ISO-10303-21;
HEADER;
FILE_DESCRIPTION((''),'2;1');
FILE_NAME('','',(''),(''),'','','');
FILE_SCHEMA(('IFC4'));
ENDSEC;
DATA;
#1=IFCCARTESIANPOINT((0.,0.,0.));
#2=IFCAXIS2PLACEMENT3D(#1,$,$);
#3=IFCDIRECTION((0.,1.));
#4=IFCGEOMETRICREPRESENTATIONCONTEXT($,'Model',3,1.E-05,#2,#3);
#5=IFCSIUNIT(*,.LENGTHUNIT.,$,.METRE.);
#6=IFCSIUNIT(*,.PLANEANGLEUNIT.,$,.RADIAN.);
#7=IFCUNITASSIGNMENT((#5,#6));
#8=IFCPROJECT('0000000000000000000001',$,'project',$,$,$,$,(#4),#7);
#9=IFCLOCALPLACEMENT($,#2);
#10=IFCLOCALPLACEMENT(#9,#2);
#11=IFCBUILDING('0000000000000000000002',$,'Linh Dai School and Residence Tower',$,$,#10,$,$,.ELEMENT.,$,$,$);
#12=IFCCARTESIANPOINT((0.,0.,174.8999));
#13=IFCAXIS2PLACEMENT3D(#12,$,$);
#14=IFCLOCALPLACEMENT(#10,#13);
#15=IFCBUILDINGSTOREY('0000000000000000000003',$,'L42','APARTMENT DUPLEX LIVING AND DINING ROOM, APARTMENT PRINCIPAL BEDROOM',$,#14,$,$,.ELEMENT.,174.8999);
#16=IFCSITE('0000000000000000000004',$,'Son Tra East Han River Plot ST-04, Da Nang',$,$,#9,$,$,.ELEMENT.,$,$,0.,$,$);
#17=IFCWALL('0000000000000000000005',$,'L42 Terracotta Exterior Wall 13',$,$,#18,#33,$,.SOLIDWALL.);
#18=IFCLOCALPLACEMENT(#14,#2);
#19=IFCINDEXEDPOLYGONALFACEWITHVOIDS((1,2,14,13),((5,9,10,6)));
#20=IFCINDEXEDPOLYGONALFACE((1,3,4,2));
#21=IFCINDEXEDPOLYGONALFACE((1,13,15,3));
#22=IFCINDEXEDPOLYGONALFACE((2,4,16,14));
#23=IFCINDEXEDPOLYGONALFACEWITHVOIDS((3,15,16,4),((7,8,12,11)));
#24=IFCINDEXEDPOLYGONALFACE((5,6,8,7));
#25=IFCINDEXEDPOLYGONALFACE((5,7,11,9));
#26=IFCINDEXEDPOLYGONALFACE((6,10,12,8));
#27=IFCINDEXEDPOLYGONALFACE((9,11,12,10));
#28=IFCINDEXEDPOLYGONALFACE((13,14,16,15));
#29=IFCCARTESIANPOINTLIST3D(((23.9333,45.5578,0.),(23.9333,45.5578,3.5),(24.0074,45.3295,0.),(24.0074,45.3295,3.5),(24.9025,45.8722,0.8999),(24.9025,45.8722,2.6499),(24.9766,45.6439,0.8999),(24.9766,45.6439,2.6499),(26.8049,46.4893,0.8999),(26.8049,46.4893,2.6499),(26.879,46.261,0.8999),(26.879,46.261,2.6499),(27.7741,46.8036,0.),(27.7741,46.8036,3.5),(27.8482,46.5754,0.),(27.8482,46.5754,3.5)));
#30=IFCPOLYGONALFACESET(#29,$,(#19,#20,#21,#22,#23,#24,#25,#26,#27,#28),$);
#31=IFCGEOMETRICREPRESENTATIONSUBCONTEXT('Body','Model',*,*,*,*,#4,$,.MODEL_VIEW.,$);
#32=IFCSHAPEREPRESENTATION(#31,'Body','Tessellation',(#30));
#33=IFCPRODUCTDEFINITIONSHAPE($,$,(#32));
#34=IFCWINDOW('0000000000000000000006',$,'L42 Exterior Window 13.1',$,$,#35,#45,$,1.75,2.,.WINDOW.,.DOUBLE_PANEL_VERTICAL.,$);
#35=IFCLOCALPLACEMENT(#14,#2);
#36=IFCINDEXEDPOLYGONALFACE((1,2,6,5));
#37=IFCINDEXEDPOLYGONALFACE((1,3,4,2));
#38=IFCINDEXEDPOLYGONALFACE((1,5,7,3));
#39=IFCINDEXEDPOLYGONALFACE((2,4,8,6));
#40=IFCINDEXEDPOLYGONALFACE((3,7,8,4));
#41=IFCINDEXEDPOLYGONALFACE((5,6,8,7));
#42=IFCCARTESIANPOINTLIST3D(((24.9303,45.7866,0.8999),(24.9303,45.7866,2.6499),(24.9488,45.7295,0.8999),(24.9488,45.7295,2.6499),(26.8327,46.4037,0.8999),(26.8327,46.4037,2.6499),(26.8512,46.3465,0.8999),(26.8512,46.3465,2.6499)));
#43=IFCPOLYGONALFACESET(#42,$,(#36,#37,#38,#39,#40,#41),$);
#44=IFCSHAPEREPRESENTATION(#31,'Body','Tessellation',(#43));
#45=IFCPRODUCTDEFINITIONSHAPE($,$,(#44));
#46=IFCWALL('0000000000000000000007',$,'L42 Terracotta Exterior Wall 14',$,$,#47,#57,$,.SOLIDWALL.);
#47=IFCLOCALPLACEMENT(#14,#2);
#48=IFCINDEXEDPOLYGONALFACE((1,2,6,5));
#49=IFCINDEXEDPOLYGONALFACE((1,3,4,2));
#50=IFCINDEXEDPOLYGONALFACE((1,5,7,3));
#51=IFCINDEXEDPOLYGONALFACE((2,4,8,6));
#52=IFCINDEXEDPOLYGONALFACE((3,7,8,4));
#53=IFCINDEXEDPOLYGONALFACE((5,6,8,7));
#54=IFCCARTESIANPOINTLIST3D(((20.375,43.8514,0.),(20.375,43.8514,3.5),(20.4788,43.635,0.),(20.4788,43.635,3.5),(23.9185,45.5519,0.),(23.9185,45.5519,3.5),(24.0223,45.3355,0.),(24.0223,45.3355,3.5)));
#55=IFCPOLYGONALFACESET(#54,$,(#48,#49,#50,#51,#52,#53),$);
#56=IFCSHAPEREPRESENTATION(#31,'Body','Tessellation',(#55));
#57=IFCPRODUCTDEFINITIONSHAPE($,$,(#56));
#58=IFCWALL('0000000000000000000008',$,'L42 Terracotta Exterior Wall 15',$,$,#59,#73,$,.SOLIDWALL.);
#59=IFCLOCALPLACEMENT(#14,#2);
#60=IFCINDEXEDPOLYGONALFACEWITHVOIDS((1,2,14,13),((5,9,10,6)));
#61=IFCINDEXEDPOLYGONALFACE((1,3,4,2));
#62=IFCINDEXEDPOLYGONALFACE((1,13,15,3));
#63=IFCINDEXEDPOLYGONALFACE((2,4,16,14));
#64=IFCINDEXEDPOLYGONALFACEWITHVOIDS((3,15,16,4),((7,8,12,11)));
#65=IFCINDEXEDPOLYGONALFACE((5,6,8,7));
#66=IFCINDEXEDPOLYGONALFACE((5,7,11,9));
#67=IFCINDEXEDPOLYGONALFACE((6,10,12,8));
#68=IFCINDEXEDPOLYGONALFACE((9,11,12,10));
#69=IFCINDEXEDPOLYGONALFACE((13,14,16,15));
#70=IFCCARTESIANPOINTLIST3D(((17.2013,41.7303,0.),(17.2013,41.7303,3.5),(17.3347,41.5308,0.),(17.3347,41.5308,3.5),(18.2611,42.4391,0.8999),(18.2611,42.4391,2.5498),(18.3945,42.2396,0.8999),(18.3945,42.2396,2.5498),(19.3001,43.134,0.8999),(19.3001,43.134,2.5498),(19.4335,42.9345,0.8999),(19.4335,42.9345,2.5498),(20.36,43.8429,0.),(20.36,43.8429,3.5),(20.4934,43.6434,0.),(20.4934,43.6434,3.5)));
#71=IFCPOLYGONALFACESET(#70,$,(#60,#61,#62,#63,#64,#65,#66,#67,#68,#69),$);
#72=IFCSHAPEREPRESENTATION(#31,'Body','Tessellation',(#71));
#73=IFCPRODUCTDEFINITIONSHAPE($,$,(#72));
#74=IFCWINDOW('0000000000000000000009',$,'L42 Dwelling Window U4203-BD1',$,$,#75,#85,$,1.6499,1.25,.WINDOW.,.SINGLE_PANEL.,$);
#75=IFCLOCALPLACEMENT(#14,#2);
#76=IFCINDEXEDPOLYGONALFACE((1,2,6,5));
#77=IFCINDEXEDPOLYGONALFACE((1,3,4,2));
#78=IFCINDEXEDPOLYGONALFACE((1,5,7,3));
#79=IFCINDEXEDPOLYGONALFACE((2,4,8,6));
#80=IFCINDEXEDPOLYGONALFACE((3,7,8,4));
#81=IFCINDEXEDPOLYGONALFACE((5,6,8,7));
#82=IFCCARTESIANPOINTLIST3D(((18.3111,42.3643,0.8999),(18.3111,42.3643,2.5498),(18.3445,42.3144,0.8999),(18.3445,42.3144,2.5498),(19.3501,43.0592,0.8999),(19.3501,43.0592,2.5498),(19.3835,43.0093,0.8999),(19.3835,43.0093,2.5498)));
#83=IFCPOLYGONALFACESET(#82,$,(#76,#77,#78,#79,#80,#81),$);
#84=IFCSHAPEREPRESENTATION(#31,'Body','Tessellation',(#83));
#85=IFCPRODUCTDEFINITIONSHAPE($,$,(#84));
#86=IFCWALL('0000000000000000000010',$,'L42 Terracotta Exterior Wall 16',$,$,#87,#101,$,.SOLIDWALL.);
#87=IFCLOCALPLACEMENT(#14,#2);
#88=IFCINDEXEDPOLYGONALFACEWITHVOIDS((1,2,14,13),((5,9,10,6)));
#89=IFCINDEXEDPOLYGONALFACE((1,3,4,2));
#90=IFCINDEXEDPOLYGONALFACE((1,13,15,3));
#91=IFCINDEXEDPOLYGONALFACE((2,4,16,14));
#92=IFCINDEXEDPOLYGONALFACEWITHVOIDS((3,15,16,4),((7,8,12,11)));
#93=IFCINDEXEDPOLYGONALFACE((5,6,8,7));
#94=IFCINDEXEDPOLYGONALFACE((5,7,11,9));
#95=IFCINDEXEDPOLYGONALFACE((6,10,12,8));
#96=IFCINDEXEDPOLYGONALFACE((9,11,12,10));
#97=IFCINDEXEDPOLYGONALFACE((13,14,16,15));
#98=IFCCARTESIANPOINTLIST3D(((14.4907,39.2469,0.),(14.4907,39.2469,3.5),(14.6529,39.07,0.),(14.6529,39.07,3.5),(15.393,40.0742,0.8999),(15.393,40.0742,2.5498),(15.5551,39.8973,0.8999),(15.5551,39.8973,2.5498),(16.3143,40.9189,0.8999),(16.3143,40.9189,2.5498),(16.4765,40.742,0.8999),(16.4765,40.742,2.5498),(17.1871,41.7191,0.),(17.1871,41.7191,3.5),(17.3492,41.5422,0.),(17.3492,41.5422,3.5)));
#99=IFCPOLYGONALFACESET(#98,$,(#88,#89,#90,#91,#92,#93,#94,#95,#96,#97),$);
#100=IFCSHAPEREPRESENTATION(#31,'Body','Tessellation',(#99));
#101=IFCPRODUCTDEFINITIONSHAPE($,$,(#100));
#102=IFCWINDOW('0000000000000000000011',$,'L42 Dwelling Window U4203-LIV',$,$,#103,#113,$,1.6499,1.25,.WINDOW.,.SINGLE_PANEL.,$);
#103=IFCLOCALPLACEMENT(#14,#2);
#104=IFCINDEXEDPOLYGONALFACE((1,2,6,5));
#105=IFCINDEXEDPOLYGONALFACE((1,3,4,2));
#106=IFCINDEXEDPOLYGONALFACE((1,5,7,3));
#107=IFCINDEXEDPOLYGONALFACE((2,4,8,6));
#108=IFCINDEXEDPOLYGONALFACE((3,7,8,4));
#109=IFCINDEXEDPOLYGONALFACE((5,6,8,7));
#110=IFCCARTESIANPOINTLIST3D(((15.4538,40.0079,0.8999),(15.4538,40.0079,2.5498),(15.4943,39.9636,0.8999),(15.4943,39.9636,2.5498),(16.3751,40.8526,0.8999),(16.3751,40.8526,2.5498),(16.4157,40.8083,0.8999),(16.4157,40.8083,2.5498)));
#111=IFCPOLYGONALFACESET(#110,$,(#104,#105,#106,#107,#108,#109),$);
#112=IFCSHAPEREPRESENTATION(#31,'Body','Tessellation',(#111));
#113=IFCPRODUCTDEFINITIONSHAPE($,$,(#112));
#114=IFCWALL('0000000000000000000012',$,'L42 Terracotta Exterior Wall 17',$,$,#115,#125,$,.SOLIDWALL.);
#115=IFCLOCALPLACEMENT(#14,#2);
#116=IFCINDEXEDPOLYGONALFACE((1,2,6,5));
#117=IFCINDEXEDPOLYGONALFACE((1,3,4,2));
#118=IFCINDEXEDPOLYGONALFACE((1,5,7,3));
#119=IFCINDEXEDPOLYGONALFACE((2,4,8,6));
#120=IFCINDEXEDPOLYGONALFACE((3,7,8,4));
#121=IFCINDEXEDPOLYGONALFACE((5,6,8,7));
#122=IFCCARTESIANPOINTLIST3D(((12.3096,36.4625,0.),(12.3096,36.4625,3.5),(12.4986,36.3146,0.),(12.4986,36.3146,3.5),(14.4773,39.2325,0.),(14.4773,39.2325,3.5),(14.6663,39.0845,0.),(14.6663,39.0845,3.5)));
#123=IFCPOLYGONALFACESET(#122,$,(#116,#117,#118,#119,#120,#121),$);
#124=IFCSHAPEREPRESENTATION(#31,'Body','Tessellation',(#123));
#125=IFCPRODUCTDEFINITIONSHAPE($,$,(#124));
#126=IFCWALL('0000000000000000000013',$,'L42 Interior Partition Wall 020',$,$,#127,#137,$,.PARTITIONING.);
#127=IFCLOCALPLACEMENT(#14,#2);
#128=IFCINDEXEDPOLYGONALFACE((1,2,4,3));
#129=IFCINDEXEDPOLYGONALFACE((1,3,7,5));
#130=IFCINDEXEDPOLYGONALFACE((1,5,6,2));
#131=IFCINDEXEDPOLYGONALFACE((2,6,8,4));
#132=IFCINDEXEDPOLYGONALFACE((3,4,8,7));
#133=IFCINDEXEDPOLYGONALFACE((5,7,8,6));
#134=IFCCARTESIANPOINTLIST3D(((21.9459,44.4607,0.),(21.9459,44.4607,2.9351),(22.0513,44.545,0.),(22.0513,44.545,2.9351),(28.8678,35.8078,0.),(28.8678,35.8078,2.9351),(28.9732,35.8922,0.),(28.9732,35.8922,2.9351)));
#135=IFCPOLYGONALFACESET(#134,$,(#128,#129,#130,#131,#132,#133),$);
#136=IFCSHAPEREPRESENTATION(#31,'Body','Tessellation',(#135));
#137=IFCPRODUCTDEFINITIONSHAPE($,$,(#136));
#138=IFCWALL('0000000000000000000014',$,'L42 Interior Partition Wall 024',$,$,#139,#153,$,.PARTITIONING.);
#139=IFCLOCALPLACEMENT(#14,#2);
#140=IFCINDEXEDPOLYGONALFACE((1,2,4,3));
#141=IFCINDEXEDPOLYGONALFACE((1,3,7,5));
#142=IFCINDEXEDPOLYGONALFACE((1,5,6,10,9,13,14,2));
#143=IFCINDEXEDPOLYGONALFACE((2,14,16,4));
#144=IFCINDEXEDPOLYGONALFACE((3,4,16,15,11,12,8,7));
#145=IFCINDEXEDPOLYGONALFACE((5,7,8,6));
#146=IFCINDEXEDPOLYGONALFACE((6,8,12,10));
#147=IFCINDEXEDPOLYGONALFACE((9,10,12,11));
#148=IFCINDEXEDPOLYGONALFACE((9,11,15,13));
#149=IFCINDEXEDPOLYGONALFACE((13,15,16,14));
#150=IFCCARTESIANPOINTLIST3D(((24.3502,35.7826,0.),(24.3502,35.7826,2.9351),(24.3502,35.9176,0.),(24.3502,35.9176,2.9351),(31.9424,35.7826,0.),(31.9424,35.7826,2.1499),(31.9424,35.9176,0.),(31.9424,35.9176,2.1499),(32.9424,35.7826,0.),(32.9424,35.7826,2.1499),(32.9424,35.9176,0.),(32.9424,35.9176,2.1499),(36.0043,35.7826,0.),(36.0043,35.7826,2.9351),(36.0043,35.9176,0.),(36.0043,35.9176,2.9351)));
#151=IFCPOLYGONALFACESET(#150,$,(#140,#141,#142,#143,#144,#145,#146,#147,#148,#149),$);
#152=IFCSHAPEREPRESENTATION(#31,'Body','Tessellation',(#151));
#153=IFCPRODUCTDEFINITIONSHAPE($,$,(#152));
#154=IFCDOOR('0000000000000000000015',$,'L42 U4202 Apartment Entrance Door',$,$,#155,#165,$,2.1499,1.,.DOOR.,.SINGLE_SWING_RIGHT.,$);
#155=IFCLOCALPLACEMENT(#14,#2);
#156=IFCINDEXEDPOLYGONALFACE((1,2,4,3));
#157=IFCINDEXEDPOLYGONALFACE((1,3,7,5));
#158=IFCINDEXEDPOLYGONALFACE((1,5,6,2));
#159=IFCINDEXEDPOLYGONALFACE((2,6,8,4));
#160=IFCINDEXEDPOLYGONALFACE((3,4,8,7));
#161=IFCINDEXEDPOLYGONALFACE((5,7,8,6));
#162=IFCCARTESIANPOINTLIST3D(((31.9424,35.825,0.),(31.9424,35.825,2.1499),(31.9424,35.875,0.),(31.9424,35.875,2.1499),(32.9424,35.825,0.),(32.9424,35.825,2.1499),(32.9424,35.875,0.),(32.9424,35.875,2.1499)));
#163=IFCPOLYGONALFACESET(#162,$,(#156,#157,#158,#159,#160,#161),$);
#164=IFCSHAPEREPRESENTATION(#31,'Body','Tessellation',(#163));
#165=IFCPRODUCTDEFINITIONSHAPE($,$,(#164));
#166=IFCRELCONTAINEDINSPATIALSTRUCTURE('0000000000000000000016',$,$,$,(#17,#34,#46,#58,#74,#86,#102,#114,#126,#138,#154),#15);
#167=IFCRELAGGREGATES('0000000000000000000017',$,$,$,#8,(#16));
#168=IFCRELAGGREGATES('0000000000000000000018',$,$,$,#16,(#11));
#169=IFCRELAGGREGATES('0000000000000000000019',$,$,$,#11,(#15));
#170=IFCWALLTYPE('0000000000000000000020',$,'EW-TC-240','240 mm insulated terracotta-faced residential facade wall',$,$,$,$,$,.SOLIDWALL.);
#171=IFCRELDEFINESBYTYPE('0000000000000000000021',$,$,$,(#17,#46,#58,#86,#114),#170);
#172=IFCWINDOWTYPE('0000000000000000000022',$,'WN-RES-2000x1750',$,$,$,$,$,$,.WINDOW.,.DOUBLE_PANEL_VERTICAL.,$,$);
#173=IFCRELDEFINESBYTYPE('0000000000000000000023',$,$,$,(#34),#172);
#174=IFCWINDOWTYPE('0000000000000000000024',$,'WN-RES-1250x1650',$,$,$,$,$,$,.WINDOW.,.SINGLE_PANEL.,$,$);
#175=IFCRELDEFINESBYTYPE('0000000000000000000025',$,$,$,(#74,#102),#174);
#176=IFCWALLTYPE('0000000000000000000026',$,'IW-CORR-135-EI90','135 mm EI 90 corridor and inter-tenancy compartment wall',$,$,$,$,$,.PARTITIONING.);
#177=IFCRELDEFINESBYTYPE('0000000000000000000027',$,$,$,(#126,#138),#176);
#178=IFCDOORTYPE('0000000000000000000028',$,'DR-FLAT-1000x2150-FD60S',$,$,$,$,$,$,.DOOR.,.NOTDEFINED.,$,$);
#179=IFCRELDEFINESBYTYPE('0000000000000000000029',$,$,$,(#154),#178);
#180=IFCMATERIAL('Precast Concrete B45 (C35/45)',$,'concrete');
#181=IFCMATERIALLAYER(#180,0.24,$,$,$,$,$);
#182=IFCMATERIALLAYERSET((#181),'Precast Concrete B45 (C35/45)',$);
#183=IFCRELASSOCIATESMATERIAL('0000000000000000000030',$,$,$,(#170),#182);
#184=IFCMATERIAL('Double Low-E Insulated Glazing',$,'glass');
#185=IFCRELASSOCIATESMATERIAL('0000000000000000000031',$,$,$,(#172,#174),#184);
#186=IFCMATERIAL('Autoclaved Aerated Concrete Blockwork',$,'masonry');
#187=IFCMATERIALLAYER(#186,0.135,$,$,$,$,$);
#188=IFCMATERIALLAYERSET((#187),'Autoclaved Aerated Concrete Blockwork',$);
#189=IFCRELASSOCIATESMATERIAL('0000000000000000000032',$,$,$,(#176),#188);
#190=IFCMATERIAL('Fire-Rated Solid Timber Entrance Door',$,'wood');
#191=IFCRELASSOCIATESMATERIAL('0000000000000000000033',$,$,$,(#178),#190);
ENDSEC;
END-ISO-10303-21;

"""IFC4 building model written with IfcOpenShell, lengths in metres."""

from ifc_helpers import new_model, si_unit, direction, frame, frame_2d, origin, origin_2d, place, context, subcontext, project, spatial, rectangle, extrude, source, transform, mapped, material, layer, layer_set, type_object, element, fill, save


model = new_model("IFC4")

# Units and contexts
model_context = context("Model", 3, precision=1e-05, world=origin(), true_north=direction((0.0, 1.0)))
body_context = subcontext(model_context, "Body", "Model", "MODEL_VIEW")
ifc_project = project(units=[si_unit("LENGTHUNIT", "METRE"), si_unit("PLANEANGLEUNIT", "RADIAN")], contexts=[model_context])

# Site, building, storey
site_placement = place(None, origin())
site = spatial("IfcSite", under=ifc_project, at=site_placement, Name="Son Tra East Han River Plot ST-04, Da Nang", CompositionType="ELEMENT", RefElevation=0.0)
building_placement = place(site_placement, origin())
building = spatial("IfcBuilding", under=site, at=building_placement, Name="Linh Dai School and Residence Tower", CompositionType="ELEMENT")
storey_placement = place(building_placement, frame((0.0, 0.0, 174.8999)))
storey = spatial("IfcBuildingStorey", under=building, at=storey_placement, Name="L42", Description="APARTMENT DUPLEX LIVING AND DINING ROOM, APARTMENT PRINCIPAL BEDROOM", CompositionType="ELEMENT", Elevation=174.8999)

# Shared definitions
ifc_material_1 = material(Name="Precast Concrete B45 (C35/45)", Category="concrete")

# Wall, opening, window
ifc_layer_1 = layer(ifc_material_1, 0.24)
ifc_layer_set_1 = layer_set([ifc_layer_1], Name="Precast Concrete B45 (C35/45)")
wall_type_1 = type_object("IfcWallType", Name="EW-TC-240", Description="240 mm insulated terracotta-faced residential facade wall", PredefinedType="SOLIDWALL", material=ifc_layer_set_1)
wall_1_placement = place(storey_placement, frame((23.9702, 45.4436, 0.0), z_axis=(0.0, 0.0, 1.0), x_axis=(0.95121, 0.308545, 0.0)))
wall_1 = element("IfcWall", 1, at=wall_1_placement, inside=storey, type_object=wall_type_1, Name="L42 Terracotta Exterior Wall 13", PredefinedType="SOLIDWALL", context=body_context, shape_type="SweptSolid", body=[
    extrude(rectangle(XDim=4.0378, YDim=0.24, at=frame_2d((2.019, 0.0))), origin(), (0.0, 0.0, 1.0), 3.5),
])
opening_1_placement = place(wall_1_placement, frame((1.019, 0.0, 0.8999)))
opening_1 = element("IfcOpeningElement", 2, at=opening_1_placement, cuts=wall_1, PredefinedType="OPENING", context=body_context, shape_type="SweptSolid", body=[
    extrude(rectangle(XDim=2.0, YDim=1.75, at=origin_2d()), frame((1.0, 0.1299, 0.875), z_axis=(0.0, -1.0, 0.0), x_axis=(1.0, 0.0, 0.0)), (0.0, 0.0, 1.0), 0.26),
])
ifc_material_2 = material(Name="Double Low-E Insulated Glazing", Category="glass")
window_type_1 = type_object("IfcWindowType", Name="WN-RES-2000x1750", PartitioningType="DOUBLE_PANEL_VERTICAL", PredefinedType="WINDOW", material=ifc_material_2)
shared_shape_1 = source(origin(), body_context, "Body", "SweptSolid", [
    extrude(rectangle(XDim=2.0, YDim=1.75, at=origin_2d()), frame((1.0, 0.03, 0.875), z_axis=(0.0, -1.0, 0.0), x_axis=(1.0, 0.0, 0.0)), (0.0, 0.0, 1.0), 0.0601),
])
window_1_placement = place(opening_1_placement, origin())
window_1 = element("IfcWindow", 3, at=window_1_placement, inside=storey, type_object=window_type_1, Name="L42 Exterior Window 13.1", OverallHeight=1.75, OverallWidth=2.0, PartitioningType="DOUBLE_PANEL_VERTICAL", PredefinedType="WINDOW", context=body_context, shape_type="MappedRepresentation", body=[
    mapped(shared_shape_1, transform((0.0, 0.0, 0.0), x_axis=(1.0, 0.0, 0.0), y_axis=(0.0, 1.0, 0.0), z_axis=(0.0, 0.0, 1.0), scale=1.0)),
])
fill(opening_1, window_1)

# Wall
wall_2_placement = place(storey_placement, frame((20.4268, 43.7432, 0.0), z_axis=(0.0, 0.0, 1.0), x_axis=(0.901565, 0.432644, 0.0)))
element("IfcWall", 4, at=wall_2_placement, inside=storey, type_object=wall_type_1, Name="L42 Terracotta Exterior Wall 14", PredefinedType="SOLIDWALL", context=body_context, shape_type="SweptSolid", body=[
    extrude(rectangle(XDim=3.9304, YDim=0.24, at=frame_2d((1.9653, 0.0))), origin(), (0.0, 0.0, 1.0), 3.5),
])

# Walls, openings, windows
wall_3_placement = place(storey_placement, frame((17.2681, 41.6306, 0.0), z_axis=(0.0, 0.0, 1.0), x_axis=(0.831229, 0.55593, 0.0)))
wall_3 = element("IfcWall", 5, at=wall_3_placement, inside=storey, type_object=wall_type_1, Name="L42 Terracotta Exterior Wall 15", PredefinedType="SOLIDWALL", context=body_context, shape_type="SweptSolid", body=[
    extrude(rectangle(XDim=3.8, YDim=0.24, at=frame_2d((1.8999, 0.0))), origin(), (0.0, 0.0, 1.0), 3.5),
])
opening_2_placement = place(wall_3_placement, frame((1.2749, 0.0, 0.8999)))
opening_2 = element("IfcOpeningElement", 6, at=opening_2_placement, cuts=wall_3, PredefinedType="OPENING", context=body_context, shape_type="SweptSolid", body=[
    extrude(rectangle(XDim=1.25, YDim=1.6499, at=origin_2d()), frame((0.625, 0.1299, 0.825), z_axis=(0.0, -1.0, 0.0), x_axis=(1.0, 0.0, 0.0)), (0.0, 0.0, 1.0), 0.26),
])
window_type_2 = type_object("IfcWindowType", Name="WN-RES-1250x1650", PartitioningType="SINGLE_PANEL", PredefinedType="WINDOW", material=ifc_material_2)
shared_shape_2 = source(origin(), body_context, "Body", "SweptSolid", [
    extrude(rectangle(XDim=1.25, YDim=1.6499, at=origin_2d()), frame((0.625, 0.03, 0.825), z_axis=(0.0, -1.0, 0.0), x_axis=(1.0, 0.0, 0.0)), (0.0, 0.0, 1.0), 0.0601),
])
window_2_placement = place(opening_2_placement, origin())
window_2 = element("IfcWindow", 7, at=window_2_placement, inside=storey, type_object=window_type_2, Name="L42 Dwelling Window U4203-BD1", OverallHeight=1.6499, OverallWidth=1.25, PartitioningType="SINGLE_PANEL", PredefinedType="WINDOW", context=body_context, shape_type="MappedRepresentation", body=[
    mapped(shared_shape_2, transform((0.0, 0.0, 0.0), x_axis=(1.0, 0.0, 0.0), y_axis=(0.0, 1.0, 0.0), z_axis=(0.0, 0.0, 1.0), scale=1.0)),
])
fill(opening_2, window_2)
wall_4_placement = place(storey_placement, frame((14.5718, 39.1584, 0.0), z_axis=(0.0, 0.0, 1.0), x_axis=(0.737077, 0.675809, 0.0)))
wall_4 = element("IfcWall", 8, at=wall_4_placement, inside=storey, type_object=wall_type_1, Name="L42 Terracotta Exterior Wall 16", PredefinedType="SOLIDWALL", context=body_context, shape_type="SweptSolid", body=[
    extrude(rectangle(XDim=3.6582, YDim=0.24, at=frame_2d((1.8291, 0.0))), origin(), (0.0, 0.0, 1.0), 3.5),
])
opening_3_placement = place(wall_4_placement, frame((1.2241, 0.0, 0.8999)))
opening_3 = element("IfcOpeningElement", 9, at=opening_3_placement, cuts=wall_4, PredefinedType="OPENING", context=body_context, shape_type="SweptSolid", body=[
    extrude(rectangle(XDim=1.25, YDim=1.6499, at=origin_2d()), frame((0.625, 0.1299, 0.825), z_axis=(0.0, -1.0, 0.0), x_axis=(1.0, 0.0, 0.0)), (0.0, 0.0, 1.0), 0.26),
])
window_3_placement = place(opening_3_placement, origin())
window_3 = element("IfcWindow", 10, at=window_3_placement, inside=storey, type_object=window_type_2, Name="L42 Dwelling Window U4203-LIV", OverallHeight=1.6499, OverallWidth=1.25, PartitioningType="SINGLE_PANEL", PredefinedType="WINDOW", context=body_context, shape_type="MappedRepresentation", body=[
    mapped(shared_shape_2, transform((0.0, 0.0, 0.0), x_axis=(1.0, 0.0, 0.0), y_axis=(0.0, 1.0, 0.0), z_axis=(0.0, 0.0, 1.0), scale=1.0)),
])
fill(opening_3, window_3)

# Walls
wall_5_placement = place(storey_placement, frame((12.4041, 36.3884, 0.0), z_axis=(0.0, 0.0, 1.0), x_axis=(0.616288, 0.787521, 0.0)))
element("IfcWall", 11, at=wall_5_placement, inside=storey, type_object=wall_type_1, Name="L42 Terracotta Exterior Wall 17", PredefinedType="SOLIDWALL", context=body_context, shape_type="SweptSolid", body=[
    extrude(rectangle(XDim=3.5173, YDim=0.24, at=frame_2d((1.7588, 0.0))), origin(), (0.0, 0.0, 1.0), 3.5),
])
ifc_material_3 = material(Name="Autoclaved Aerated Concrete Blockwork", Category="masonry")
ifc_layer_2 = layer(ifc_material_3, 0.135)
ifc_layer_set_2 = layer_set([ifc_layer_2], Name="Autoclaved Aerated Concrete Blockwork")
wall_type_2 = type_object("IfcWallType", Name="IW-CORR-135-EI90", Description="135 mm EI 90 corridor and inter-tenancy compartment wall", PredefinedType="PARTITIONING", material=ifc_layer_set_2)
wall_6_placement = place(storey_placement, frame((21.9985, 44.5029, 0.0), z_axis=(0.0, 0.0, 1.0), x_axis=(0.624674, -0.780886, 0.0)))
element("IfcWall", 12, at=wall_6_placement, inside=storey, type_object=wall_type_2, Name="L42 Interior Partition Wall 020", PredefinedType="PARTITIONING", context=body_context, shape_type="SweptSolid", body=[
    extrude(rectangle(XDim=11.0808, YDim=0.135, at=frame_2d((5.5405, 0.0))), origin(), (0.0, 0.0, 1.0), 2.9351),
])

# Wall, opening, door
wall_7_placement = place(storey_placement, frame((24.3501, 35.8501, 0.0), z_axis=(0.0, 0.0, 1.0), x_axis=(1.0, 0.0, 0.0)))
wall_7 = element("IfcWall", 13, at=wall_7_placement, inside=storey, type_object=wall_type_2, Name="L42 Interior Partition Wall 024", PredefinedType="PARTITIONING", context=body_context, shape_type="SweptSolid", body=[
    extrude(rectangle(XDim=11.6541, YDim=0.135, at=frame_2d((5.8271, 0.0))), origin(), (0.0, 0.0, 1.0), 2.9351),
])
opening_4_placement = place(wall_7_placement, frame((7.5923, 0.0, 0.0)))
opening_4 = element("IfcOpeningElement", 14, at=opening_4_placement, cuts=wall_7, PredefinedType="OPENING", context=body_context, shape_type="SweptSolid", body=[
    extrude(rectangle(XDim=1.0, YDim=2.1499, at=origin_2d()), frame((0.5, 0.0776, 1.075), z_axis=(0.0, -1.0, 0.0), x_axis=(1.0, 0.0, 0.0)), (0.0, 0.0, 1.0), 0.155),
])
ifc_material_4 = material(Name="Fire-Rated Solid Timber Entrance Door", Category="wood")
door_type_1 = type_object("IfcDoorType", Name="DR-FLAT-1000x2150-FD60S", OperationType="NOTDEFINED", PredefinedType="DOOR", material=ifc_material_4)
shared_shape_3 = source(origin(), body_context, "Body", "SweptSolid", [
    extrude(rectangle(XDim=1.0, YDim=2.1499, at=origin_2d()), frame((0.5, 0.0249, 1.075), z_axis=(0.0, -1.0, 0.0), x_axis=(1.0, 0.0, 0.0)), (0.0, 0.0, 1.0), 0.05),
])
door_1_placement = place(opening_4_placement, origin())
door_1 = element("IfcDoor", 15, at=door_1_placement, inside=storey, type_object=door_type_1, Name="L42 U4202 Apartment Entrance Door", OperationType="SINGLE_SWING_RIGHT", OverallHeight=2.1499, OverallWidth=1.0, PredefinedType="DOOR", context=body_context, shape_type="MappedRepresentation", body=[
    mapped(shared_shape_3, transform((0.0, 0.0, 0.0), x_axis=(1.0, 0.0, 0.0), y_axis=(0.0, 1.0, 0.0), z_axis=(0.0, 0.0, 1.0), scale=1.0)),
])
fill(opening_4, door_1)

save(model, "model.ifc")
